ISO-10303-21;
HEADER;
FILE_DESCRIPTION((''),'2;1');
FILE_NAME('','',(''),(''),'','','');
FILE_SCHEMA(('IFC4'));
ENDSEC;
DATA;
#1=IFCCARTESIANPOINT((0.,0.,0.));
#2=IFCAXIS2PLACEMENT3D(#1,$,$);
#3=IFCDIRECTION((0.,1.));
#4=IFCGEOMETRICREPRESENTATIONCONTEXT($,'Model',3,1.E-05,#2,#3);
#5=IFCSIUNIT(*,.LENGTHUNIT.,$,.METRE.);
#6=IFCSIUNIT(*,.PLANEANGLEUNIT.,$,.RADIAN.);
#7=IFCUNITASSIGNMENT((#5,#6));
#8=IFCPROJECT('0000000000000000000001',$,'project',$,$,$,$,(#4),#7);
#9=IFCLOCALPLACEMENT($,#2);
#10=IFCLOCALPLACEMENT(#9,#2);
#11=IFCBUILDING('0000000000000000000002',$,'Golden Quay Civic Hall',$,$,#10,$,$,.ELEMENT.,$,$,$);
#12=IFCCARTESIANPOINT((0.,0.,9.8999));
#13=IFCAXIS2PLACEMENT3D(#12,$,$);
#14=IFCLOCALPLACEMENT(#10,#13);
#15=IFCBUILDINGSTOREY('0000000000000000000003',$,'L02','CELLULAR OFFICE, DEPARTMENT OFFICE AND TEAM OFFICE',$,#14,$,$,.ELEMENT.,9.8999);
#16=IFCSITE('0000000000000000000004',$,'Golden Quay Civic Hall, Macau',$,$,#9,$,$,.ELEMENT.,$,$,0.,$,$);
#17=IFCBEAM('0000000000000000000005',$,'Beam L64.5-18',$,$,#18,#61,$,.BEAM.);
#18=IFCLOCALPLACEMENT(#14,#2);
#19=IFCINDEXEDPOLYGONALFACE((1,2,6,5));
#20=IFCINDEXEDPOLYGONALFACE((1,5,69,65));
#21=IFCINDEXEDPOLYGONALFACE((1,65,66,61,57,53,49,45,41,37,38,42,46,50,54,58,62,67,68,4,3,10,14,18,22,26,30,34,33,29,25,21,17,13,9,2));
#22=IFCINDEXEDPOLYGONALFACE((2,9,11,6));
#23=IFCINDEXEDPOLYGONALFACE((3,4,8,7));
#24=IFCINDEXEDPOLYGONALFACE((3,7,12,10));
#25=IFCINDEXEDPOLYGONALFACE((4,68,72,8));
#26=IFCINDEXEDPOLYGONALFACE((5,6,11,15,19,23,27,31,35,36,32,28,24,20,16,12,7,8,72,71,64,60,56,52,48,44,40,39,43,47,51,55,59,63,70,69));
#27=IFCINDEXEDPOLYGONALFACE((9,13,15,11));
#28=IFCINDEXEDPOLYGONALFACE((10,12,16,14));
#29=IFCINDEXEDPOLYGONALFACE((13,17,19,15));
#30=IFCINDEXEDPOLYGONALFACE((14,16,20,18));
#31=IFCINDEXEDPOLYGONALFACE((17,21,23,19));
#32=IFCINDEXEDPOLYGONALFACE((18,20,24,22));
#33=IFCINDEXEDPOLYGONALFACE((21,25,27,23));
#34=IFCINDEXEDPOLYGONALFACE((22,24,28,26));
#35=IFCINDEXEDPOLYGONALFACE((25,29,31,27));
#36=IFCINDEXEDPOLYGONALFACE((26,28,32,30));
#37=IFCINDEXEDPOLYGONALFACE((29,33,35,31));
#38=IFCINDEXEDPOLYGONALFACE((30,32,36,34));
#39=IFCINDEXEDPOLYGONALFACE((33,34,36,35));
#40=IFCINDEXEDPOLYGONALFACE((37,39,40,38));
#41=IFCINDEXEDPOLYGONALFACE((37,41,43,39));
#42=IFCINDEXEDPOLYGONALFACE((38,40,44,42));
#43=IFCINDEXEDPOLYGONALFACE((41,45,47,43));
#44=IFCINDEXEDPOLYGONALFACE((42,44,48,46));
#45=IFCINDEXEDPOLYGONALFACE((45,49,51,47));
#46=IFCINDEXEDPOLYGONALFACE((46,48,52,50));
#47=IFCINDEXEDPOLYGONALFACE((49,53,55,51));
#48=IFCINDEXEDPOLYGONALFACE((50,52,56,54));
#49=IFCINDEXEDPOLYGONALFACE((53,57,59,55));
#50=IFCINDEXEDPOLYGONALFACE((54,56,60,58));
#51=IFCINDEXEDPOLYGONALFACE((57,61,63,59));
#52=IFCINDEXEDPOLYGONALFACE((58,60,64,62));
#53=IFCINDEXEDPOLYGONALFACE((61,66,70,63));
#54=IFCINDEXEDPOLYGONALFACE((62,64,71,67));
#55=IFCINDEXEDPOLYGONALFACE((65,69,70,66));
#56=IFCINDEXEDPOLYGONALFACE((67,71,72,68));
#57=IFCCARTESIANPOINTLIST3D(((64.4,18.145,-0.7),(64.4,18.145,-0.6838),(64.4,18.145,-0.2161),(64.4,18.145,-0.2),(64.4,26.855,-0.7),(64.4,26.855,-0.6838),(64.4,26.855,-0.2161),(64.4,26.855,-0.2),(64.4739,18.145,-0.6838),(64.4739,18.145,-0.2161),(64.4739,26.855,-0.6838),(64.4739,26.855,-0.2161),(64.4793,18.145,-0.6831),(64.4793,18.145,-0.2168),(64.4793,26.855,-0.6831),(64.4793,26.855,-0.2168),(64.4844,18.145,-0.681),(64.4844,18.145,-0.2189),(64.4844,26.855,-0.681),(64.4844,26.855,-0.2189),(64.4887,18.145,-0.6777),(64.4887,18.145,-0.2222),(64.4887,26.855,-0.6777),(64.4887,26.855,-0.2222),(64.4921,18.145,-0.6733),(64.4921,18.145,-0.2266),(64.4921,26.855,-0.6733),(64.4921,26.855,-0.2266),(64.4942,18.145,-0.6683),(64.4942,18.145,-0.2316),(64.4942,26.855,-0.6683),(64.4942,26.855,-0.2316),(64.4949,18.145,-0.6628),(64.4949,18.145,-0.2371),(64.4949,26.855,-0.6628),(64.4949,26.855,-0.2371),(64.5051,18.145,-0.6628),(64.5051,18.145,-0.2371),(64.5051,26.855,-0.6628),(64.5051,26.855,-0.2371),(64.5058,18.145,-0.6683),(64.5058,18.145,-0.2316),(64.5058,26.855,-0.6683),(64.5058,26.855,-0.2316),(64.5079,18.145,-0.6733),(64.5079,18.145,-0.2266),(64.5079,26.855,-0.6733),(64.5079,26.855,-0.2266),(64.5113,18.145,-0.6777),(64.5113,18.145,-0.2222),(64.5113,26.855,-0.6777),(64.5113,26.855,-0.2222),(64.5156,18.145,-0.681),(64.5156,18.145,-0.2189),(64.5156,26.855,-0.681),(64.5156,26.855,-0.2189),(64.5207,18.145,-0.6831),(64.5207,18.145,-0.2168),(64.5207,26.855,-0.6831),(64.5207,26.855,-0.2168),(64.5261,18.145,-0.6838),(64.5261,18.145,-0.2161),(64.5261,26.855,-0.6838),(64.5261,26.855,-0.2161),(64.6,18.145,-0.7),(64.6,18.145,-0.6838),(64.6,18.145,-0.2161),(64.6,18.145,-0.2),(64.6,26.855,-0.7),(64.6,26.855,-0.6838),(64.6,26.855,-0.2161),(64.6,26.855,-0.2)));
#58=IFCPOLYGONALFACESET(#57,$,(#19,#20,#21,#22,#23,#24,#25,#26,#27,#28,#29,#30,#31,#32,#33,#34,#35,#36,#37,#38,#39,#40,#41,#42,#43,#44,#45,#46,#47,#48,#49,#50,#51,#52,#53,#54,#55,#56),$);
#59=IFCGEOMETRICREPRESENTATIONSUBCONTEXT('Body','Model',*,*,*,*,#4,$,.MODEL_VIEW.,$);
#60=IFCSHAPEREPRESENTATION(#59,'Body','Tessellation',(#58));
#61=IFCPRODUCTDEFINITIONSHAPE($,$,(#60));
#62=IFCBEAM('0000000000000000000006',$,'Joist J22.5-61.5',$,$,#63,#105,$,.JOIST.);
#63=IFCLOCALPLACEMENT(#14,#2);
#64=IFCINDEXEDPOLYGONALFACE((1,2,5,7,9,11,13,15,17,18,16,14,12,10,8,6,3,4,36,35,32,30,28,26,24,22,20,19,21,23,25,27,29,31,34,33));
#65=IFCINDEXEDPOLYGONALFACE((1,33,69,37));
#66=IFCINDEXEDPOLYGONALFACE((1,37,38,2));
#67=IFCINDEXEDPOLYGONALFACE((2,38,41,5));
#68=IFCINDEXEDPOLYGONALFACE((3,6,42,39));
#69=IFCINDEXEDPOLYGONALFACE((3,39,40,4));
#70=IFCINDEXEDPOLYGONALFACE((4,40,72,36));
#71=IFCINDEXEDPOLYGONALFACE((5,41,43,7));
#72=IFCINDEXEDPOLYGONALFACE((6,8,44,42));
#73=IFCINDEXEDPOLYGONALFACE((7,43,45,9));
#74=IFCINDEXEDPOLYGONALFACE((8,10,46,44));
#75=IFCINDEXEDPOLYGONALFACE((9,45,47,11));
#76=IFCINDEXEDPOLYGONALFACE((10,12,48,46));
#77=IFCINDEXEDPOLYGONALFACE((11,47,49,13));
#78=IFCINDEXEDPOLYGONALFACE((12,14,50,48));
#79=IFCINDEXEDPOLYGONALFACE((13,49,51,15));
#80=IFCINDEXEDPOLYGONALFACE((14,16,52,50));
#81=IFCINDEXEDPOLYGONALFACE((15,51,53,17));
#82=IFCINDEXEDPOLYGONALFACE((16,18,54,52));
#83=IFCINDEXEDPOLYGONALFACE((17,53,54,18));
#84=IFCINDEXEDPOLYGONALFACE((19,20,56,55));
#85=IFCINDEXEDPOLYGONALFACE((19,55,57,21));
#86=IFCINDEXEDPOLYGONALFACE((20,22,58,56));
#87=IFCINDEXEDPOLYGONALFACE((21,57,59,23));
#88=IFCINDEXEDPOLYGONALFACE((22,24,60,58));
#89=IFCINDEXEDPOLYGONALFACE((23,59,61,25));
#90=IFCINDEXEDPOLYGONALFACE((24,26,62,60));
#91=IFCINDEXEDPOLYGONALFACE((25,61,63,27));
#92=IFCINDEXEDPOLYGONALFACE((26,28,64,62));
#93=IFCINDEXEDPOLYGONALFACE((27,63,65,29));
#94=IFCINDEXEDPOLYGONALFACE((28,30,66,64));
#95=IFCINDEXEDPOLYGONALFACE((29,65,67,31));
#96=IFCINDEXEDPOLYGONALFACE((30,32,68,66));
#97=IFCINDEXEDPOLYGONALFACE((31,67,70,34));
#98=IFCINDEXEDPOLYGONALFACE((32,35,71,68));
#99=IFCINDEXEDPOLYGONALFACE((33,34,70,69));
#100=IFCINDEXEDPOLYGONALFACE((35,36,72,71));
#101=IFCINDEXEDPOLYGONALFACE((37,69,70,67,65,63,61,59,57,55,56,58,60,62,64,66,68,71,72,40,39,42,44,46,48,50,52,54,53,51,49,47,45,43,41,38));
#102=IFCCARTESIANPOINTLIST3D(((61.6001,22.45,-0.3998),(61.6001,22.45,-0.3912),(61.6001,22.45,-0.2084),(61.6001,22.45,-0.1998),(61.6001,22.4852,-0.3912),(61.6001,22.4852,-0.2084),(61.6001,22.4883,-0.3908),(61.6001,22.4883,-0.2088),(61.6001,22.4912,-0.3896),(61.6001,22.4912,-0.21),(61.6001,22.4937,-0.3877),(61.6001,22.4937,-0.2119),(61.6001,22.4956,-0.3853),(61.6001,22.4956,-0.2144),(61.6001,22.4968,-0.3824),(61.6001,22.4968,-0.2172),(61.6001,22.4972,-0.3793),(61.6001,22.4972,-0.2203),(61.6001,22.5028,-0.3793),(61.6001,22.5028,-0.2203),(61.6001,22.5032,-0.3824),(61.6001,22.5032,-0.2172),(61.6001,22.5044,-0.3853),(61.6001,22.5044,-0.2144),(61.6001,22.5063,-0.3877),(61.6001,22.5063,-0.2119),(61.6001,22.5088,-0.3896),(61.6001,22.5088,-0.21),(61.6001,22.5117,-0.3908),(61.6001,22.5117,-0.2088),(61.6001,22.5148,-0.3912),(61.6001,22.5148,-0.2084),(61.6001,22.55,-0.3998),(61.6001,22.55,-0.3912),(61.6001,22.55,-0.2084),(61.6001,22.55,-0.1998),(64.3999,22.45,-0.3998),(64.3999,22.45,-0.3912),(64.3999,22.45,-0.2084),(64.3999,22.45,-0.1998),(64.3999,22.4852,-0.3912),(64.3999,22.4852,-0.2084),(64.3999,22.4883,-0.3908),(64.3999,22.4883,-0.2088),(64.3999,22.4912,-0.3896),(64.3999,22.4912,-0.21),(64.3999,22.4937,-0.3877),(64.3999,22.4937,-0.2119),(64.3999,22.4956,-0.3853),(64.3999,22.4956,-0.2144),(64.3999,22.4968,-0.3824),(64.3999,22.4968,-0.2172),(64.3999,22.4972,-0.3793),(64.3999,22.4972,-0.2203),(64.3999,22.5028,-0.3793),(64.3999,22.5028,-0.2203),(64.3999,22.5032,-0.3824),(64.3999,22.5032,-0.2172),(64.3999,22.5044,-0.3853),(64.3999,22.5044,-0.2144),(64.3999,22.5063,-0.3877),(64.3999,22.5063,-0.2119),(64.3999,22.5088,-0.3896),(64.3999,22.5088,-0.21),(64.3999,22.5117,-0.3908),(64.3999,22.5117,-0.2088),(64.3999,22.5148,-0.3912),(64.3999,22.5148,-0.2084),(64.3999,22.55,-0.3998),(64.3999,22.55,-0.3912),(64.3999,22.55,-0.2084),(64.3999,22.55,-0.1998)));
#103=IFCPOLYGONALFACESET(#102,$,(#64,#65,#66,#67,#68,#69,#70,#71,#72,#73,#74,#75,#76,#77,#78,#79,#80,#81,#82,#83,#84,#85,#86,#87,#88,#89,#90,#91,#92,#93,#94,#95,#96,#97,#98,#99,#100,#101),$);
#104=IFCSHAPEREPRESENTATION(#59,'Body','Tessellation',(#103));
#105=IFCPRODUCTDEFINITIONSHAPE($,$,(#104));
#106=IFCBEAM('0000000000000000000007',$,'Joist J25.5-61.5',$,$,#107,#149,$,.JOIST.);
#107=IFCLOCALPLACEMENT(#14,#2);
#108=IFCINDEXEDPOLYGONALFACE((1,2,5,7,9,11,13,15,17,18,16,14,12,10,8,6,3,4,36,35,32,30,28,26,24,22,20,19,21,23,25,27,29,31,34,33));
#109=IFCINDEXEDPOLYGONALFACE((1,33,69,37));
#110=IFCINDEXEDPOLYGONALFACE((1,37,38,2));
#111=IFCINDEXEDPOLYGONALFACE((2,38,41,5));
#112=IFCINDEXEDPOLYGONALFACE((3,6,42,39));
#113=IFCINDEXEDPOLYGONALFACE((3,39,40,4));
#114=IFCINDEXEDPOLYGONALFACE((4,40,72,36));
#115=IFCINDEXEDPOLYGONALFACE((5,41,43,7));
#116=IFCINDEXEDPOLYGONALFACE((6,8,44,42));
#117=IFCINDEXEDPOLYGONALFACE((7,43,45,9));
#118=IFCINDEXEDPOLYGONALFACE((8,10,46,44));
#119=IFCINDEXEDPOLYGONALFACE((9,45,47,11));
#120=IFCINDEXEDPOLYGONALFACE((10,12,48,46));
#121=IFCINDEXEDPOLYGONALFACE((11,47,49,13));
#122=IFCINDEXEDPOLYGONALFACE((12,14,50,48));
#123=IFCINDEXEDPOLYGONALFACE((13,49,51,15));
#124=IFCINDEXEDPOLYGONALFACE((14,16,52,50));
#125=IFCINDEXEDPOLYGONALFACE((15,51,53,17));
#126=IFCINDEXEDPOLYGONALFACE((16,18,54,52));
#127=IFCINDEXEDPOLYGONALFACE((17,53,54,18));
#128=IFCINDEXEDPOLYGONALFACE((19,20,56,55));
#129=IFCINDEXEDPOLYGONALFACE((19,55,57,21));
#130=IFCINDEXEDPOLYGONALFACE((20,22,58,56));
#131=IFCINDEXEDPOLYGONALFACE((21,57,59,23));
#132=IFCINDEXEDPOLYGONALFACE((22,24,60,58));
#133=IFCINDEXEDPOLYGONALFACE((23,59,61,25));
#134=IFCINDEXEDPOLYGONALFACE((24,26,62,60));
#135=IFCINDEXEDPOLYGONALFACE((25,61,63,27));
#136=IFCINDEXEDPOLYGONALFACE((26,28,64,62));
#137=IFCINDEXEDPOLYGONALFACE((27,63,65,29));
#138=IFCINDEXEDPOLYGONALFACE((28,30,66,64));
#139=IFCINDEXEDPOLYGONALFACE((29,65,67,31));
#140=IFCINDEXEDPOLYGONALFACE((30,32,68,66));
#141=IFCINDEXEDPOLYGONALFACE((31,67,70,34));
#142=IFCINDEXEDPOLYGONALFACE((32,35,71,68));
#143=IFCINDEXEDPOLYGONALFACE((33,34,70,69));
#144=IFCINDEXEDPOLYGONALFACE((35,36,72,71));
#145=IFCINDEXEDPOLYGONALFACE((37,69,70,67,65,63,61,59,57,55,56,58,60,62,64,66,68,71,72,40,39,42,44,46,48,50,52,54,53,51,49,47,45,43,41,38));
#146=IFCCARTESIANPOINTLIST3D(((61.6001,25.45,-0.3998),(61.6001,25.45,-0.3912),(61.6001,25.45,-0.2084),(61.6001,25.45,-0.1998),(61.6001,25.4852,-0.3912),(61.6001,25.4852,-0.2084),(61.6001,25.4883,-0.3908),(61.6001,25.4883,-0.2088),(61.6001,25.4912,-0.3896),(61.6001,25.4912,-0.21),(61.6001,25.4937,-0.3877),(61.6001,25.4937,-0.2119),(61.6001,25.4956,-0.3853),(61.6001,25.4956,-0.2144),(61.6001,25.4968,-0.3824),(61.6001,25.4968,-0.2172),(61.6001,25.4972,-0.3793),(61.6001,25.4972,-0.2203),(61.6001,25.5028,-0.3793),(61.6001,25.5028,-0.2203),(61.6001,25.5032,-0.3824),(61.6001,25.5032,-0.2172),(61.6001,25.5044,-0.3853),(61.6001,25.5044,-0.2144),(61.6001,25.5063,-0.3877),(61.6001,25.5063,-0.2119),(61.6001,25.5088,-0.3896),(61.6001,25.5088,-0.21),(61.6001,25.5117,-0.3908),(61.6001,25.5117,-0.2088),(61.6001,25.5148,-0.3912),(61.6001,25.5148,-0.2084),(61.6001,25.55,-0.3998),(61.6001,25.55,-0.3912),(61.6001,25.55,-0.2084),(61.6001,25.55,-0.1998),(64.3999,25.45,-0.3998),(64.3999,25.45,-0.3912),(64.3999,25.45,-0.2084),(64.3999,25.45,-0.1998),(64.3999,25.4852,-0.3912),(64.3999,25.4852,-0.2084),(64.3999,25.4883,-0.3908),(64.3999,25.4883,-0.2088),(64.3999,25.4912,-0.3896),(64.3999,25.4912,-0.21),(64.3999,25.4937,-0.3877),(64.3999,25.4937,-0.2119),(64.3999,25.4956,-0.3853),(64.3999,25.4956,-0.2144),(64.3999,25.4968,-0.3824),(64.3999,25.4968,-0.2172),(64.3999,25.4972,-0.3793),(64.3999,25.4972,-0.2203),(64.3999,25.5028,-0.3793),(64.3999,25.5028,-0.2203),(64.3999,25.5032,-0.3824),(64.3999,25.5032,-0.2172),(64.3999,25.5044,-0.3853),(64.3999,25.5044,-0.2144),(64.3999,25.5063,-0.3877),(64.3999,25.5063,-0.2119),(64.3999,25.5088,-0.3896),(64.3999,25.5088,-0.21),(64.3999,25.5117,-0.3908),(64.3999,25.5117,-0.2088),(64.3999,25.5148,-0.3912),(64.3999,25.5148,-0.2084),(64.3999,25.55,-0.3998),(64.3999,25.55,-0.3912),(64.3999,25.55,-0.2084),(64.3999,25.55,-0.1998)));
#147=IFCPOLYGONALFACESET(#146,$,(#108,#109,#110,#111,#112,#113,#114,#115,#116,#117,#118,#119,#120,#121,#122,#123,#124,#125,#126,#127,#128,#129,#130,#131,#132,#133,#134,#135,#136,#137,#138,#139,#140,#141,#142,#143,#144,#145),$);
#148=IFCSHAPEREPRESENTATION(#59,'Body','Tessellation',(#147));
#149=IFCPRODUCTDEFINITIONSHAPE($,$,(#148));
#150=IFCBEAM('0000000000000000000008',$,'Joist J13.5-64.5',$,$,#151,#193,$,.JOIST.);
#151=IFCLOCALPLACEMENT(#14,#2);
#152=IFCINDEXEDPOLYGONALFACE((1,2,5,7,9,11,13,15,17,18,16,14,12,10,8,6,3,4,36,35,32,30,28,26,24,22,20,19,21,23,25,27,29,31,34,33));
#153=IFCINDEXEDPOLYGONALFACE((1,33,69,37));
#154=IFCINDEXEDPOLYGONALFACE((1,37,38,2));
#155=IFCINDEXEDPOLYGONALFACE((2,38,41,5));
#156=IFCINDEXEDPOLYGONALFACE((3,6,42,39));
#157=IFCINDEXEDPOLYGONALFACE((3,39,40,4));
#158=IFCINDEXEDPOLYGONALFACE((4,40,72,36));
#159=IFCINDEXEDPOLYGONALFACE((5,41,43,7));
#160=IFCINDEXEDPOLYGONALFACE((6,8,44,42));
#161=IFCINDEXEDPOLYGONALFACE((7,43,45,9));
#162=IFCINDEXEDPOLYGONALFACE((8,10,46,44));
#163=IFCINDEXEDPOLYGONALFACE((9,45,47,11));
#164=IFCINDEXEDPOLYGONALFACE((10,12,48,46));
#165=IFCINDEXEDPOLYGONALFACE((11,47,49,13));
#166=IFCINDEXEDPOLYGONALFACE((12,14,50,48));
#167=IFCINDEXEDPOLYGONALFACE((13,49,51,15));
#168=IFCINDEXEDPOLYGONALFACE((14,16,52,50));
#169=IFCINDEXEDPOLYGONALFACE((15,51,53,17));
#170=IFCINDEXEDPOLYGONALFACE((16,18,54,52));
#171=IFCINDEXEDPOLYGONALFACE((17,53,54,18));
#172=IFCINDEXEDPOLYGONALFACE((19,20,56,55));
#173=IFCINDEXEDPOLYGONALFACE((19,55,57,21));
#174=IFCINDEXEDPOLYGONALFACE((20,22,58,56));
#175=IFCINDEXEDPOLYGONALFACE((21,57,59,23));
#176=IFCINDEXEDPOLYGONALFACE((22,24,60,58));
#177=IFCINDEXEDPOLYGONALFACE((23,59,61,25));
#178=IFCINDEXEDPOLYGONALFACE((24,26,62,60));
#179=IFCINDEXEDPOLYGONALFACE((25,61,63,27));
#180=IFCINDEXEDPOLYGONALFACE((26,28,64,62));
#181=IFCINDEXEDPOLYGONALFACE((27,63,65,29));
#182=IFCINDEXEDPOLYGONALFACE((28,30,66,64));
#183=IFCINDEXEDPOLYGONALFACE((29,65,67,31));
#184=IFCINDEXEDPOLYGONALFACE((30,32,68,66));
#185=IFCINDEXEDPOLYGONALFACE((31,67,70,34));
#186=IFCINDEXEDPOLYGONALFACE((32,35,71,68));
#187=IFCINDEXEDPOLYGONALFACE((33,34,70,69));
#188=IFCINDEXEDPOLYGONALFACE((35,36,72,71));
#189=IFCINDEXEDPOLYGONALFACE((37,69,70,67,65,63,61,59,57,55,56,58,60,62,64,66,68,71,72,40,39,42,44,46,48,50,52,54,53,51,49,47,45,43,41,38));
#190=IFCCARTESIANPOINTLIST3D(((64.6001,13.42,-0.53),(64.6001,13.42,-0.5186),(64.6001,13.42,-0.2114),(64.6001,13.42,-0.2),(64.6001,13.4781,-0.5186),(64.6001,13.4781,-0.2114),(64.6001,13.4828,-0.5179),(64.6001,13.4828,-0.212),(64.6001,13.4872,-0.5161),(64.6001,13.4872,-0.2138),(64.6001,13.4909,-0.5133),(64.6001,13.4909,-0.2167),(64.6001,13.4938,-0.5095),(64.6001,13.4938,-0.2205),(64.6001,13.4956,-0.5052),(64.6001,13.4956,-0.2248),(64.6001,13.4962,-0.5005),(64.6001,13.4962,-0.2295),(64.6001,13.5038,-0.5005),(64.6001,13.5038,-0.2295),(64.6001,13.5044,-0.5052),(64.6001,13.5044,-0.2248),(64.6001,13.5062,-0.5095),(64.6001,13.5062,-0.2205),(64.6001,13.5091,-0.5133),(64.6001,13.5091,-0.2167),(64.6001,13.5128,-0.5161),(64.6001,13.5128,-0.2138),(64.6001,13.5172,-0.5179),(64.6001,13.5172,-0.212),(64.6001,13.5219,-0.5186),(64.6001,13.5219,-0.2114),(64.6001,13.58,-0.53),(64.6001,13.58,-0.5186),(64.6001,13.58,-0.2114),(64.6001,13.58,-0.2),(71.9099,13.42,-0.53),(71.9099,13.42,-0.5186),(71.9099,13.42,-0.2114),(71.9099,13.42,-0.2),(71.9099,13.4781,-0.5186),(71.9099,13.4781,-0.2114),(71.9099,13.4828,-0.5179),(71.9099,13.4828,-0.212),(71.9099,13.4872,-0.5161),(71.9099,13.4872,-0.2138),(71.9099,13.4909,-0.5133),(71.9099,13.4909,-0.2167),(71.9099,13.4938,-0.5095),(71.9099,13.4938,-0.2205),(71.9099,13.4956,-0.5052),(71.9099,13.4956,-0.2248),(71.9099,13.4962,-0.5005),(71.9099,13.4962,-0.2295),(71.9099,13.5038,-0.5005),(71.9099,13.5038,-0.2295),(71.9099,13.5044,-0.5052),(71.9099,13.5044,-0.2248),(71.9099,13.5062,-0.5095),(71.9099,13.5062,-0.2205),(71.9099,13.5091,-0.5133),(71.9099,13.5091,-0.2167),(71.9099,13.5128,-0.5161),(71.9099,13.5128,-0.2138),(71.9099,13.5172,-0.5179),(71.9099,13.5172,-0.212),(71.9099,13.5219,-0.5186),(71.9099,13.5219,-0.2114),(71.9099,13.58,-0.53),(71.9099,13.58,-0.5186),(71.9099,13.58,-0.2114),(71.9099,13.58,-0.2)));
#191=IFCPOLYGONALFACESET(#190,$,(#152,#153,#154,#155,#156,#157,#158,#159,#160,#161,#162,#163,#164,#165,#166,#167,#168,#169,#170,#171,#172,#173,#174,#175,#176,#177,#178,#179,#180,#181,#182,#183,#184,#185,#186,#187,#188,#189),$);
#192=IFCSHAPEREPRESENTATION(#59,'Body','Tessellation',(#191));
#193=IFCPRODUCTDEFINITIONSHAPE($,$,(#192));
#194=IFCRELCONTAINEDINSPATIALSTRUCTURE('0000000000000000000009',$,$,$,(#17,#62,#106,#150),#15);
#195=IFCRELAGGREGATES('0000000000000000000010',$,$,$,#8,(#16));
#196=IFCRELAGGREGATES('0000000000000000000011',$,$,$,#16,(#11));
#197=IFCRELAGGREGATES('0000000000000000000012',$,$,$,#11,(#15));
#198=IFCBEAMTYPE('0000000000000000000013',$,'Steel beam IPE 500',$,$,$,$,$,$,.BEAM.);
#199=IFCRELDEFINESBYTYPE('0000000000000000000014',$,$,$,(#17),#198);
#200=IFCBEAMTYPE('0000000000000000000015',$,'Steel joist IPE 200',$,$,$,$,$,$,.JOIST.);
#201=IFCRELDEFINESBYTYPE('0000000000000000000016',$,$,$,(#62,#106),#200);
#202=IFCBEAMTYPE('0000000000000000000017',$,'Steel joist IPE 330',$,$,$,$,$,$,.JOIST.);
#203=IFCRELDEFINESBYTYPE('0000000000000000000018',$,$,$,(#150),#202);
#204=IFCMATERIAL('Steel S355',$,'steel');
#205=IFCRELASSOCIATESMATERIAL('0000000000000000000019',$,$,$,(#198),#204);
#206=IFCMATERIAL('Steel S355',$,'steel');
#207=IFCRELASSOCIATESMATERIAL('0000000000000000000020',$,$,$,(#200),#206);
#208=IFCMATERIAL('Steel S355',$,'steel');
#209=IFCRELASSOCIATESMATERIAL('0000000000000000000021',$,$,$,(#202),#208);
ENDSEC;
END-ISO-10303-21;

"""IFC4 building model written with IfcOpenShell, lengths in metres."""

from ifc_helpers import new_model, si_unit, direction, frame, origin, origin_2d, place, context, subcontext, project, spatial, i_section, extrude, material, material_profile, profile_set, type_object, element, save


model = new_model("IFC4")

# Units and contexts
model_context = context("Model", 3, precision=1e-05, world=origin(), true_north=direction((0.0, 1.0)))
body_context = subcontext(model_context, "Body", "Model", "MODEL_VIEW")
ifc_project = project(units=[si_unit("LENGTHUNIT", "METRE"), si_unit("PLANEANGLEUNIT", "RADIAN")], contexts=[model_context])

# Site, building, storey
site_placement = place(None, origin())
site = spatial("IfcSite", under=ifc_project, at=site_placement, Name="Golden Quay Civic Hall, Macau", CompositionType="ELEMENT", RefElevation=0.0)
building_placement = place(site_placement, origin())
building = spatial("IfcBuilding", under=site, at=building_placement, Name="Golden Quay Civic Hall", CompositionType="ELEMENT")
storey_placement = place(building_placement, frame((0.0, 0.0, 9.8999)))
storey = spatial("IfcBuildingStorey", under=building, at=storey_placement, Name="L02", Description="CELLULAR OFFICE, DEPARTMENT OFFICE AND TEAM OFFICE", CompositionType="ELEMENT", Elevation=9.8999)

# Beams
ifc_material_1 = material(Name="Steel S355", Category="steel")
ifc_material_profile_1 = material_profile(ifc_material_1, i_section(OverallWidth=0.2, OverallDepth=0.5, WebThickness=0.0103, FlangeThickness=0.0161, FilletRadius=0.021, at=origin_2d()), Name="IPE 500")
ifc_profile_set_1 = profile_set([ifc_material_profile_1], Name="Steel S355")
beam_type_1 = type_object("IfcBeamType", Name="Steel beam IPE 500", PredefinedType="BEAM", material=ifc_profile_set_1)
beam_1_placement = place(storey_placement, frame((64.5, 18.145, -0.45), z_axis=(0.0, 1.0, 0.0), x_axis=(-1.0, 0.0, 0.0)))
element("IfcBeam", 1, at=beam_1_placement, inside=storey, type_object=beam_type_1, Name="Beam L64.5-18", PredefinedType="BEAM", context=body_context, shape_type="SweptSolid", body=[
    extrude(i_section(OverallWidth=0.2, OverallDepth=0.5, WebThickness=0.0103, FlangeThickness=0.0161, FilletRadius=0.021, at=origin_2d()), origin(), (0.0, 0.0, 1.0), 8.71),
])
ifc_material_2 = material(Name="Steel S355", Category="steel")
ifc_material_profile_2 = material_profile(ifc_material_2, i_section(OverallWidth=0.1001, OverallDepth=0.2, WebThickness=0.0056, FlangeThickness=0.0085, FilletRadius=0.012, at=origin_2d()), Name="IPE 200")
ifc_profile_set_2 = profile_set([ifc_material_profile_2], Name="Steel S355")
beam_type_2 = type_object("IfcBeamType", Name="Steel joist IPE 200", PredefinedType="JOIST", material=ifc_profile_set_2)
for number, where, z_axis, x_axis, name in (
    (2, (61.6001, 22.5, -0.2998), (1.0, 0.0, 0.0), (0.0, 1.0, 0.0), "Joist J22.5-61.5"),
    (3, (61.6001, 25.5, -0.2998), (1.0, 0.0, 0.0), (0.0, 1.0, 0.0), "Joist J25.5-61.5"),
):
    element("IfcBeam", number, at=place(storey_placement, frame(where, z_axis=z_axis, x_axis=x_axis)), inside=storey, type_object=beam_type_2, Name=name, PredefinedType="JOIST", context=body_context, shape_type="SweptSolid", body=[
        extrude(i_section(OverallWidth=0.1001, OverallDepth=0.2, WebThickness=0.0056, FlangeThickness=0.0085, FilletRadius=0.012, at=origin_2d()), origin(), (0.0, 0.0, 1.0), 2.7998),
    ])
ifc_material_3 = material(Name="Steel S355", Category="steel")
ifc_material_profile_3 = material_profile(ifc_material_3, i_section(OverallWidth=0.1599, OverallDepth=0.3301, WebThickness=0.0076, FlangeThickness=0.0115, FilletRadius=0.0181, at=origin_2d()), Name="IPE 330")
ifc_profile_set_3 = profile_set([ifc_material_profile_3], Name="Steel S355")
beam_type_3 = type_object("IfcBeamType", Name="Steel joist IPE 330", PredefinedType="JOIST", material=ifc_profile_set_3)
for number, where, z_axis, x_axis, name in (
    (4, (64.6001, 13.5, -0.365), (1.0, 0.0, 0.0), (0.0, 1.0, 0.0), "Joist J13.5-64.5"),
):
    element("IfcBeam", number, at=place(storey_placement, frame(where, z_axis=z_axis, x_axis=x_axis)), inside=storey, type_object=beam_type_3, Name=name, PredefinedType="JOIST", context=body_context, shape_type="SweptSolid", body=[
        extrude(i_section(OverallWidth=0.1599, OverallDepth=0.3301, WebThickness=0.0076, FlangeThickness=0.0115, FilletRadius=0.0181, at=origin_2d()), origin(), (0.0, 0.0, 1.0), 7.3098),
    ])

save(model, "model.ifc")
